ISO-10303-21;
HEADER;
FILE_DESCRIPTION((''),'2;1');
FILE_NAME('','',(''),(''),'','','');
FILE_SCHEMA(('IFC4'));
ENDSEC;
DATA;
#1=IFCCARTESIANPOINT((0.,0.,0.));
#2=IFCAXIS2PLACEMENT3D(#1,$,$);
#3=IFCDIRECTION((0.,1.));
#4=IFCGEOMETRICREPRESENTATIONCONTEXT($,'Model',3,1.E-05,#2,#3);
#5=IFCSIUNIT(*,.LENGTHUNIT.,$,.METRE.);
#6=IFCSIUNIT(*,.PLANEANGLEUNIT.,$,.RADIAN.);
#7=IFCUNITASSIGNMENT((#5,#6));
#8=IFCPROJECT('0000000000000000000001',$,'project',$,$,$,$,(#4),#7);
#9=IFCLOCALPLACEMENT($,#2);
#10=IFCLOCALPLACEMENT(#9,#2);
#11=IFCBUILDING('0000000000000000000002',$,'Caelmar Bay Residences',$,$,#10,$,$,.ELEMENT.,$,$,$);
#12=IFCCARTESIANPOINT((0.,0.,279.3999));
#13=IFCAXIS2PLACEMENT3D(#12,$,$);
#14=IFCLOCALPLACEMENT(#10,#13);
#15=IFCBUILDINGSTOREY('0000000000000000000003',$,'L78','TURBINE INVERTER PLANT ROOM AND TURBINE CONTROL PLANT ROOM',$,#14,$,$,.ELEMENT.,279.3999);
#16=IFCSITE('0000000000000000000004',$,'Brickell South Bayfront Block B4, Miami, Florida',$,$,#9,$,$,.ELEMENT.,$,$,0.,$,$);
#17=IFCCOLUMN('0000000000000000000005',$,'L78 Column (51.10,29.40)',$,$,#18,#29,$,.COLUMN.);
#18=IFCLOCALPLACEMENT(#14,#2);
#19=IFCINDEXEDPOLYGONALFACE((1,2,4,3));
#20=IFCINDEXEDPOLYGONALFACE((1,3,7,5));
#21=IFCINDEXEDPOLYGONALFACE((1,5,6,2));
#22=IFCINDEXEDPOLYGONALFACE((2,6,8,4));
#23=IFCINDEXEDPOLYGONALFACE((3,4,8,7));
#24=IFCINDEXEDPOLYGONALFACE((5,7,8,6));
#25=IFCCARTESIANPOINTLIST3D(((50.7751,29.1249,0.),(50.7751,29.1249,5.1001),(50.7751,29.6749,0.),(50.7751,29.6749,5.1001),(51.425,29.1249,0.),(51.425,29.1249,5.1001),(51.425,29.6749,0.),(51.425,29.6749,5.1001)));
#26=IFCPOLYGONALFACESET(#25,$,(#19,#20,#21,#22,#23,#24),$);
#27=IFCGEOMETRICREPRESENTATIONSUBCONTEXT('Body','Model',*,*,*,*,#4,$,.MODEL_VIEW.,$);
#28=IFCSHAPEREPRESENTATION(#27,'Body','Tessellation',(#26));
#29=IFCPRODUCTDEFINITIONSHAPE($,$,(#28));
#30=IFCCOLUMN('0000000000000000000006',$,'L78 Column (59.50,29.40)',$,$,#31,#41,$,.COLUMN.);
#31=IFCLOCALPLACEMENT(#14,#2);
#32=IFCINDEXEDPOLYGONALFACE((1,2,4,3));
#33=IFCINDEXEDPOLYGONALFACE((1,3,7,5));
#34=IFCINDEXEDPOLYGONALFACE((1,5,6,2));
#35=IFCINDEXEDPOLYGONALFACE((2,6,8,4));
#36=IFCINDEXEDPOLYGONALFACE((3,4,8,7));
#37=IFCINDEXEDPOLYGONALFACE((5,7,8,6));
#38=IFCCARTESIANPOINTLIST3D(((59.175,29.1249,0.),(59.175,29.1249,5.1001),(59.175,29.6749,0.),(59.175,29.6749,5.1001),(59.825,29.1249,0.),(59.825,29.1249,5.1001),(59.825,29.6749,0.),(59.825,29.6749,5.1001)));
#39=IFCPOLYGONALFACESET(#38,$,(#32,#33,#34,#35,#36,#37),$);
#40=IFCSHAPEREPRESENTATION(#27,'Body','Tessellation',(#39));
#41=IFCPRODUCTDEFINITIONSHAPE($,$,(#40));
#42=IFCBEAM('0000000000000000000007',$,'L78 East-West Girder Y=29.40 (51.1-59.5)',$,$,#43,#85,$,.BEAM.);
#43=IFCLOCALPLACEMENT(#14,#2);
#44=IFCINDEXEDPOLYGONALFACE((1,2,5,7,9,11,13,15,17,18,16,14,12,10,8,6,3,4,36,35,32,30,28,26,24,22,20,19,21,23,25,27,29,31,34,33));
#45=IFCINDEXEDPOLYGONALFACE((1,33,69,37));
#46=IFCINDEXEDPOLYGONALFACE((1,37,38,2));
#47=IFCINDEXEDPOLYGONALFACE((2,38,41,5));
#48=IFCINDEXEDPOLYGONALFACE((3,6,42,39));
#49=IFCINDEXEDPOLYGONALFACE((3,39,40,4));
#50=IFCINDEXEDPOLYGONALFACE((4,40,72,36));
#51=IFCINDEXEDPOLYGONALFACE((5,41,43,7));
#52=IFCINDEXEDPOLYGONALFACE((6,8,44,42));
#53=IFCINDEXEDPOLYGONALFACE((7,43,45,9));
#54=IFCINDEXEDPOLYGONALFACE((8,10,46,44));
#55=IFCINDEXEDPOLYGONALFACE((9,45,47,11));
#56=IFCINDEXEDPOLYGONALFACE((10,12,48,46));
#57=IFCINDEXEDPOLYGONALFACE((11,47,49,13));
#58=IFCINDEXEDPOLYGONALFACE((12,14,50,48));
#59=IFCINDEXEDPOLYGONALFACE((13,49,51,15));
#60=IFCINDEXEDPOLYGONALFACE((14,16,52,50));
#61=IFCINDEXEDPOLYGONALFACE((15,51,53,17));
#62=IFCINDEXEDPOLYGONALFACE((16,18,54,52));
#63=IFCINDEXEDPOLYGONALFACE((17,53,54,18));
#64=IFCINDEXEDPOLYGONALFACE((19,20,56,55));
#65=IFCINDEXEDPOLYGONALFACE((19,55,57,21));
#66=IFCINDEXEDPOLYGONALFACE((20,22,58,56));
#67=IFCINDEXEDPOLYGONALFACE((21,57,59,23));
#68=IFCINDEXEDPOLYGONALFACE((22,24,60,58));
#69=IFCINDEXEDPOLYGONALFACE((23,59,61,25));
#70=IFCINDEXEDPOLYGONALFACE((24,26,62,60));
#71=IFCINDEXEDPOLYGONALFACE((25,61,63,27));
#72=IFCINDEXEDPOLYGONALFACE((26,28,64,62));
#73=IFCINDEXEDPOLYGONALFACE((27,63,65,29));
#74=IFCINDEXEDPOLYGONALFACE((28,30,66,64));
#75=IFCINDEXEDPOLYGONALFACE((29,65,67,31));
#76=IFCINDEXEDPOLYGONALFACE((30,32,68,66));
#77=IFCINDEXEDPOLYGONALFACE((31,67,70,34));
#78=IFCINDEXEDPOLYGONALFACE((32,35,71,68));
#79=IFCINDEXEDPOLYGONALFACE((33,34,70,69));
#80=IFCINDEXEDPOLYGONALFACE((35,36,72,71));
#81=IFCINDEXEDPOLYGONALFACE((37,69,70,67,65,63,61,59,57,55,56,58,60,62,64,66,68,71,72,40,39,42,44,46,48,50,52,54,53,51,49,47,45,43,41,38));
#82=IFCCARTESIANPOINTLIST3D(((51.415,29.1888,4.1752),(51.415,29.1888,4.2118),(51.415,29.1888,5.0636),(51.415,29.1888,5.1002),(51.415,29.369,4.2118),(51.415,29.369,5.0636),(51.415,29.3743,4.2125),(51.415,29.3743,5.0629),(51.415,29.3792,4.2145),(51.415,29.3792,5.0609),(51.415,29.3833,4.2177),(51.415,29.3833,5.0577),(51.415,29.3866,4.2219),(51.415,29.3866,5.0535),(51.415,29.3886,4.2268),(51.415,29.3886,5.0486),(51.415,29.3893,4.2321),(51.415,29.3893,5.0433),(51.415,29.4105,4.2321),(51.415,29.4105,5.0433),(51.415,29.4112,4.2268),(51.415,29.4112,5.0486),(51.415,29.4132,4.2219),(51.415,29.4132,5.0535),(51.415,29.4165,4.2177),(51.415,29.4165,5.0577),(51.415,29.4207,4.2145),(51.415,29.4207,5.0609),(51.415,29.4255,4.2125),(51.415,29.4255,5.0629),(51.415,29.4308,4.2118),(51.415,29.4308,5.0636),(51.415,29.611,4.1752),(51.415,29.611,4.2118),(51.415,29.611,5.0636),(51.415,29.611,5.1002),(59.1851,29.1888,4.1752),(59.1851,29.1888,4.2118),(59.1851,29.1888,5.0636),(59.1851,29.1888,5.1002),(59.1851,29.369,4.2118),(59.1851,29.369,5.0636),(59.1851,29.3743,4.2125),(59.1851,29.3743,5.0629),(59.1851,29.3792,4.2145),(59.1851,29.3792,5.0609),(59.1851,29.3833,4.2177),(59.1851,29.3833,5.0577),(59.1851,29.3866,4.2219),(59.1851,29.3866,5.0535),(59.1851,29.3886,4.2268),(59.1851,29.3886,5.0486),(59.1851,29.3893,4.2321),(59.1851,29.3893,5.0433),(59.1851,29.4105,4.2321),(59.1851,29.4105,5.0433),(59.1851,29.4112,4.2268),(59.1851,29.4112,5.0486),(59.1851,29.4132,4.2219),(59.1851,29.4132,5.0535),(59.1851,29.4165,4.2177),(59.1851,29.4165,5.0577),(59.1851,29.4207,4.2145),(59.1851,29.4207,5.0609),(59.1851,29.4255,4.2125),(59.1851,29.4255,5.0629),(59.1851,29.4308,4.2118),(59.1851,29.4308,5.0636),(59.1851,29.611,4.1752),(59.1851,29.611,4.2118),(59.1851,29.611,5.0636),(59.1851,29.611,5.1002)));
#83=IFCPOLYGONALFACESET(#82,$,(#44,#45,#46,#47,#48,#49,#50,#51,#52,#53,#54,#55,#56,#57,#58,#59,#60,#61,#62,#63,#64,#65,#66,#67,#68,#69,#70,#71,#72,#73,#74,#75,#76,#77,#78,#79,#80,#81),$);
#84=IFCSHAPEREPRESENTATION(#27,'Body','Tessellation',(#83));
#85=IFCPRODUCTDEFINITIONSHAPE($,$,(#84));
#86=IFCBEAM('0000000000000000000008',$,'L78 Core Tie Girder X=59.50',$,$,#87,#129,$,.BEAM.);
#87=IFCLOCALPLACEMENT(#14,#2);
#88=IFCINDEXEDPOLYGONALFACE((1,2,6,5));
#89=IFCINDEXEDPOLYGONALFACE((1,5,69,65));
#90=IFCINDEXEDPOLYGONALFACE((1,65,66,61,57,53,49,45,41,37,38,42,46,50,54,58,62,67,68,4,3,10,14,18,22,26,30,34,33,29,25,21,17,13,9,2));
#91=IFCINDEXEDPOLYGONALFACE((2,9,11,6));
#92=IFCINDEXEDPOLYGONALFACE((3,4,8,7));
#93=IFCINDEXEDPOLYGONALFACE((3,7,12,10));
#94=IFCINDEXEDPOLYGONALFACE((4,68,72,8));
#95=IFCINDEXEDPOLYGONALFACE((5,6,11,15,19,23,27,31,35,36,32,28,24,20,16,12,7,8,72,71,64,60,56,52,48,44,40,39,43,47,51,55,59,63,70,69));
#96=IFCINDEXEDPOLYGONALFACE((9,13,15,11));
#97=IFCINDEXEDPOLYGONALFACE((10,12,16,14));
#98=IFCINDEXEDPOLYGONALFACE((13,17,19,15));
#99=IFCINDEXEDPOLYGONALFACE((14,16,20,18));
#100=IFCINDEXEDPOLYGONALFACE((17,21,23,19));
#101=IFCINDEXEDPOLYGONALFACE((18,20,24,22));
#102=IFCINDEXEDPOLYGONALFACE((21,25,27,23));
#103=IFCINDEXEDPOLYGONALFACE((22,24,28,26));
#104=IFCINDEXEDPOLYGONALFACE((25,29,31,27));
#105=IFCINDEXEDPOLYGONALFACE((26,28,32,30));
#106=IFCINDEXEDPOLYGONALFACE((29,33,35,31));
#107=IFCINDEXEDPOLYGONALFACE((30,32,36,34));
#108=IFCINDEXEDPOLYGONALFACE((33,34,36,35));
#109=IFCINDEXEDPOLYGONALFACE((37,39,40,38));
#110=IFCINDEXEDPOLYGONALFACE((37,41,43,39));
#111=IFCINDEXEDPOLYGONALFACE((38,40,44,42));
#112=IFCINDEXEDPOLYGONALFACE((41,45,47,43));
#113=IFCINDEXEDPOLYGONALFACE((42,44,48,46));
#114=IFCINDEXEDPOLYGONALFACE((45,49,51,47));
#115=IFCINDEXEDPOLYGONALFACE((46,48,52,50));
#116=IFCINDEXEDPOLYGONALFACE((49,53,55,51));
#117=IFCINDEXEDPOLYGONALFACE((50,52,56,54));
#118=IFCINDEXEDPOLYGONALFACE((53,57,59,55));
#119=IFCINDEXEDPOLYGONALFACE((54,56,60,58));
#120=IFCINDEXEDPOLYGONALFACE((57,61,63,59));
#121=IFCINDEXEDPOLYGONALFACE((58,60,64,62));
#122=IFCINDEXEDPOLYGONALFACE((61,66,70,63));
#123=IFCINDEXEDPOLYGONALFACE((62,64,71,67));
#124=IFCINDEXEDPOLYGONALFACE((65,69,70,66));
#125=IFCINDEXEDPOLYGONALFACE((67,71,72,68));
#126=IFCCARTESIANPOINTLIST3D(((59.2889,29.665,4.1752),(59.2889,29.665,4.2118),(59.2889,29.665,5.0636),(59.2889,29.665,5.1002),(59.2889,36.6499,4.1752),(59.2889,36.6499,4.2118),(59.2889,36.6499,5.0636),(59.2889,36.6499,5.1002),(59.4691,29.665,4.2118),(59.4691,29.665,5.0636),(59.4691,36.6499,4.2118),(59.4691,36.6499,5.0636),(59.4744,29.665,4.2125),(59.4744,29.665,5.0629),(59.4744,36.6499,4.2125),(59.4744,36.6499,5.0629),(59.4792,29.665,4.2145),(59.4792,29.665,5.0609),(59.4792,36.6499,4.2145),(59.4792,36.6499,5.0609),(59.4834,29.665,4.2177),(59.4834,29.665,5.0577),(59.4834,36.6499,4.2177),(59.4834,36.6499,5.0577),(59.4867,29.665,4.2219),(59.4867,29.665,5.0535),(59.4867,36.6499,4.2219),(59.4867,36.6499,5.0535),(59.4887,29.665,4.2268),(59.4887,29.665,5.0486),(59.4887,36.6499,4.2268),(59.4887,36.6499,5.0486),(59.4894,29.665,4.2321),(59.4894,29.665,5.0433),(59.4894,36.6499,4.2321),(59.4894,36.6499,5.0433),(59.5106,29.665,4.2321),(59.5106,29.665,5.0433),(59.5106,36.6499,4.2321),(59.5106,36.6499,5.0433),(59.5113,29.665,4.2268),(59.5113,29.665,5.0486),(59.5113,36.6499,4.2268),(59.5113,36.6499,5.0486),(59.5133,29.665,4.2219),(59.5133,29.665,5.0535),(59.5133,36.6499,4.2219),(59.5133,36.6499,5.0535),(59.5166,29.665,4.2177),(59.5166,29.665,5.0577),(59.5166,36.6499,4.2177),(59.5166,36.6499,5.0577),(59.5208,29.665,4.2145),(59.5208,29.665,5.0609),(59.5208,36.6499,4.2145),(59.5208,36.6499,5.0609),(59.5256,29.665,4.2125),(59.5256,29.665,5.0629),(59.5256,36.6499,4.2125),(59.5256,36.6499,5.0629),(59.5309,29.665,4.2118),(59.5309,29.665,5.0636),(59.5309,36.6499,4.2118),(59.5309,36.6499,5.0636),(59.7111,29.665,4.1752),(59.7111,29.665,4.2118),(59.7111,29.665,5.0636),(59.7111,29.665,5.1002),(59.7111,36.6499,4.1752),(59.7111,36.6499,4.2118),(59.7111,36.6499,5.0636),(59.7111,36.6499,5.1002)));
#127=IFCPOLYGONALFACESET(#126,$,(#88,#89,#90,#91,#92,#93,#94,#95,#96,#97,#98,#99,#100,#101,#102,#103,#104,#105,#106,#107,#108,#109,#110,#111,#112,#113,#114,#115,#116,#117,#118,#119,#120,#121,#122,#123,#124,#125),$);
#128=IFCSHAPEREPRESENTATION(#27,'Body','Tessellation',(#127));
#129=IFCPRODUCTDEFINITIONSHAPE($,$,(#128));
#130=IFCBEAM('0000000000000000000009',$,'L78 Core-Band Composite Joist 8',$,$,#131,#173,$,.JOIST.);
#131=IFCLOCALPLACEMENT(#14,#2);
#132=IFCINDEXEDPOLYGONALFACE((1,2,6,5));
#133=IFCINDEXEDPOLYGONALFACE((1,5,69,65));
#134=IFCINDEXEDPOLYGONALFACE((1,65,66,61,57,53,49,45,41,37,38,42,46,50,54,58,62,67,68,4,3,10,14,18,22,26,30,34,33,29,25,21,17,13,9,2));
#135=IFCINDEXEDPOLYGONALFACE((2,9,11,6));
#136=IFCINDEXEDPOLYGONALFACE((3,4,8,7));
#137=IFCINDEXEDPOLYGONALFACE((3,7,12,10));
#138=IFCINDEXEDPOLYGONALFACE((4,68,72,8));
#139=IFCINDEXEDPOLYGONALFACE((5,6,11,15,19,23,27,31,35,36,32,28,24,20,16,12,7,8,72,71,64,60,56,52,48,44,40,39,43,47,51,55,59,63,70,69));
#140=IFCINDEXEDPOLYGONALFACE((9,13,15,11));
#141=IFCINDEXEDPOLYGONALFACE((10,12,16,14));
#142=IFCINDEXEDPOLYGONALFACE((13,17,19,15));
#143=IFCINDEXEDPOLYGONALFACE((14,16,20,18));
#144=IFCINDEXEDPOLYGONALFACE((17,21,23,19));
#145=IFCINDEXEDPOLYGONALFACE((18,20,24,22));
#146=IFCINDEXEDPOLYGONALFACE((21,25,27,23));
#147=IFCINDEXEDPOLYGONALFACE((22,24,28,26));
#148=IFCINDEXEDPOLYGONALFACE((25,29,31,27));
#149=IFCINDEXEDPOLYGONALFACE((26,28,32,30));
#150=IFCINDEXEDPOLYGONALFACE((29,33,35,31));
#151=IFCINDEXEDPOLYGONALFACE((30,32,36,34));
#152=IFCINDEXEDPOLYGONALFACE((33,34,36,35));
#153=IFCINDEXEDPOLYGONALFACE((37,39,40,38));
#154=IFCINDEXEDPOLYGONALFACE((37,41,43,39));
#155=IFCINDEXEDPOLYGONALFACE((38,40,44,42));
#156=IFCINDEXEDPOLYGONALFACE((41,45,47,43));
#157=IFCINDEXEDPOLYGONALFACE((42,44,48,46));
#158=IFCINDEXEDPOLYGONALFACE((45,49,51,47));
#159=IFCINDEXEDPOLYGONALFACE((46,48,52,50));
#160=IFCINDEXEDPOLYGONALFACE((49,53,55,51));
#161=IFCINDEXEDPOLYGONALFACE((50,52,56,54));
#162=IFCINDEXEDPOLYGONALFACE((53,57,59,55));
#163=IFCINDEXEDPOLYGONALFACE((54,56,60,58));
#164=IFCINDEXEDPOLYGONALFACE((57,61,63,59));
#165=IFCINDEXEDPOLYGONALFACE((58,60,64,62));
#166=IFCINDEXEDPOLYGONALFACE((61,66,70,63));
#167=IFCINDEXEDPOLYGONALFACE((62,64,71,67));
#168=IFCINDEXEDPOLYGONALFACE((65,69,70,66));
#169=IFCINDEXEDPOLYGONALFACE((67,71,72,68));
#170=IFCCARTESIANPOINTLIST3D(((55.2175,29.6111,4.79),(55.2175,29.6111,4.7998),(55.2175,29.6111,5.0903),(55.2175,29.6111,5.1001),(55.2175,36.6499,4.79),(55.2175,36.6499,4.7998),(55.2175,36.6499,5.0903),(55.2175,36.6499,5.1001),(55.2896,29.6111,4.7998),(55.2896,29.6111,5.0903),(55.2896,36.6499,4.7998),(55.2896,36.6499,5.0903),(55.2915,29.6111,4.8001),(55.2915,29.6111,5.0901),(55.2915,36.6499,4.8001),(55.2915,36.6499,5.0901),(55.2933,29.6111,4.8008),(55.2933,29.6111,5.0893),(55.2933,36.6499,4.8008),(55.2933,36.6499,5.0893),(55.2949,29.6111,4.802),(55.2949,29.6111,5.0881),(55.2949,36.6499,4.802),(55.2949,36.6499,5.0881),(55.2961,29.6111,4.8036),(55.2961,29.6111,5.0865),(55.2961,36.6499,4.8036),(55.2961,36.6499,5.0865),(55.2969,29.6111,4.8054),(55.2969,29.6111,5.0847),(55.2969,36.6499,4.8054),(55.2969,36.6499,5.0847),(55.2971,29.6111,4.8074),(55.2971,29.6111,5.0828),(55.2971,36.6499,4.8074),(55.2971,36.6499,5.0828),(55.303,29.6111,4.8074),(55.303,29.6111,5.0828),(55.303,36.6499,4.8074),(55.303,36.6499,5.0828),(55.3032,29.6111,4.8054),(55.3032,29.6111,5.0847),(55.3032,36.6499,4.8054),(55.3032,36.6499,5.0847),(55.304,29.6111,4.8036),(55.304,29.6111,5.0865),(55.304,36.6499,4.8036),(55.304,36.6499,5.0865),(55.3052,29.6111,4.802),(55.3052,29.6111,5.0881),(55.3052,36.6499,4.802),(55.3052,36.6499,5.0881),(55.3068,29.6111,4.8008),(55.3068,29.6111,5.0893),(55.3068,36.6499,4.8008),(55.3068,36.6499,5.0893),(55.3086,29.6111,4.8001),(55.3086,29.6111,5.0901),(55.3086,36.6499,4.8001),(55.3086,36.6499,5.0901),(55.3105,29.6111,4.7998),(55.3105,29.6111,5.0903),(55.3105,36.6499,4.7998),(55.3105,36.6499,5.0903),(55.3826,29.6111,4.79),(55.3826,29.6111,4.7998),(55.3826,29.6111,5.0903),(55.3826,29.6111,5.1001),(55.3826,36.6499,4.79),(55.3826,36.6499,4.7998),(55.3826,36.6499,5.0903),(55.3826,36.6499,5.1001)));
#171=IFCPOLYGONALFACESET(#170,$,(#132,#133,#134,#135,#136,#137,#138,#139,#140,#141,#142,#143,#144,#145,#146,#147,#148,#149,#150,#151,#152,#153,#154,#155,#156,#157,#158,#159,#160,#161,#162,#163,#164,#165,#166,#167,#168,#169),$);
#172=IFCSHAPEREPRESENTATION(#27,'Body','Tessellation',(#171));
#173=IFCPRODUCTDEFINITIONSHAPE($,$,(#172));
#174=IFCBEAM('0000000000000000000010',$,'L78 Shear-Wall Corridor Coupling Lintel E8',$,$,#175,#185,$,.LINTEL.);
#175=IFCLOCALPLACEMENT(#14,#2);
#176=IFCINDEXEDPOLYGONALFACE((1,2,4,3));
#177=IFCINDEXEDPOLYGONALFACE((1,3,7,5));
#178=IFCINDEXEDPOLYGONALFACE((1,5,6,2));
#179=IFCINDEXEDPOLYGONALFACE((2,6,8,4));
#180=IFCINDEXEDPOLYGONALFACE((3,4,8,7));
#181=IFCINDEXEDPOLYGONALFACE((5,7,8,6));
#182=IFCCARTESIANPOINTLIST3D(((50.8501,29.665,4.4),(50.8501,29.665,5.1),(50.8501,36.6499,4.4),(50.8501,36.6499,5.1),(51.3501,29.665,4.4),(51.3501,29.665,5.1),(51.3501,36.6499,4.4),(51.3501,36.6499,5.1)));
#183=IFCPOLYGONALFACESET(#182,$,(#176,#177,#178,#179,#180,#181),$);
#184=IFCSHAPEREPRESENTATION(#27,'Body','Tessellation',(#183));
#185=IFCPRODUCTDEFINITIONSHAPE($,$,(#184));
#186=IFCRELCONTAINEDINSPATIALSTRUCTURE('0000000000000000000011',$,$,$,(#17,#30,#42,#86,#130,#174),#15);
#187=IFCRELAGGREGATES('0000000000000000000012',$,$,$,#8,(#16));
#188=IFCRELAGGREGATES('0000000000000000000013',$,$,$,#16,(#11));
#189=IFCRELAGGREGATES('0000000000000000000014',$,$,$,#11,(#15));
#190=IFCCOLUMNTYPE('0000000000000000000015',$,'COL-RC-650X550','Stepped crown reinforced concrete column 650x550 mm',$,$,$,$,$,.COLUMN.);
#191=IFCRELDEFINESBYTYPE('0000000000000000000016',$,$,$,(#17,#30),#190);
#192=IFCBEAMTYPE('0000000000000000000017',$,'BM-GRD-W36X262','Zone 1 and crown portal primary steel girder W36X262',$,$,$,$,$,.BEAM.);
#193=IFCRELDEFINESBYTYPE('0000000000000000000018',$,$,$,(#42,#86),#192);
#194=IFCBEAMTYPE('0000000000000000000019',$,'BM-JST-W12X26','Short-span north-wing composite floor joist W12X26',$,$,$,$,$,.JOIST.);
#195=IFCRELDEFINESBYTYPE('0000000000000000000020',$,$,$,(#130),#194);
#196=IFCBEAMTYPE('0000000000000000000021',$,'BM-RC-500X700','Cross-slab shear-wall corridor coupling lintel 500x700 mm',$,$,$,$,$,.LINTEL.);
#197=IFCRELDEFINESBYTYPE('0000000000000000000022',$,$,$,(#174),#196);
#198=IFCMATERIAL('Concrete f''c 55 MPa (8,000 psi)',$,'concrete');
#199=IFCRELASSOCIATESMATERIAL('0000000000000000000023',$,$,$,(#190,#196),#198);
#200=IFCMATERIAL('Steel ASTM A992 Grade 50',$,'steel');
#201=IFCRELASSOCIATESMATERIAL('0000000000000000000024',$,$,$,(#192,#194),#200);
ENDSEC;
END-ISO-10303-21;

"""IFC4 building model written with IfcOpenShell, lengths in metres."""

from ifc_helpers import new_model, si_unit, direction, frame, origin, origin_2d, place, context, subcontext, project, spatial, rectangle, i_section, extrude, material, material_profile, profile_set, type_object, element, save


model = new_model("IFC4")

# Units and contexts
model_context = context("Model", 3, precision=1e-05, world=origin(), true_north=direction((0.0, 1.0)))
body_context = subcontext(model_context, "Body", "Model", "MODEL_VIEW")
ifc_project = project(units=[si_unit("LENGTHUNIT", "METRE"), si_unit("PLANEANGLEUNIT", "RADIAN")], contexts=[model_context])

# Site, building, storey
site_placement = place(None, origin())
site = spatial("IfcSite", under=ifc_project, at=site_placement, Name="Brickell South Bayfront Block B4, Miami, Florida", CompositionType="ELEMENT", RefElevation=0.0)
building_placement = place(site_placement, origin())
building = spatial("IfcBuilding", under=site, at=building_placement, Name="Caelmar Bay Residences", CompositionType="ELEMENT")
storey_placement = place(building_placement, frame((0.0, 0.0, 279.3999)))
storey = spatial("IfcBuildingStorey", under=building, at=storey_placement, Name="L78", Description="TURBINE INVERTER PLANT ROOM AND TURBINE CONTROL PLANT ROOM", CompositionType="ELEMENT", Elevation=279.3999)

# Columns
ifc_material_1 = material(Name="Concrete f'c 55 MPa (8,000 psi)", Category="concrete")
ifc_material_profile_1 = material_profile(ifc_material_1, rectangle(XDim=0.6499, YDim=0.55, at=origin_2d()), Name="RC-COL-650X550")
ifc_profile_set_1 = profile_set([ifc_material_profile_1], Name="Concrete f'c 55 MPa (8,000 psi)")
column_type = type_object("IfcColumnType", Name="COL-RC-650X550", Description="Stepped crown reinforced concrete column 650x550 mm", PredefinedType="COLUMN", material=ifc_profile_set_1)
for number, where, z_axis, x_axis, name in (
    (1, (51.1001, 29.3999, 0.0), (0.0, 0.0, 1.0), (1.0, 0.0, 0.0), "L78 Column (51.10,29.40)"),
    (2, (59.5, 29.3999, 0.0), (0.0, 0.0, 1.0), (1.0, 0.0, 0.0), "L78 Column (59.50,29.40)"),
):
    element("IfcColumn", number, at=place(storey_placement, frame(where, z_axis=z_axis, x_axis=x_axis)), inside=storey, type_object=column_type, Name=name, PredefinedType="COLUMN", context=body_context, shape_type="SweptSolid", body=[
        extrude(rectangle(XDim=0.6499, YDim=0.55, at=origin_2d()), origin(), (0.0, 0.0, 1.0), 5.1001),
    ])

# Beams
ifc_material_2 = material(Name="Steel ASTM A992 Grade 50", Category="steel")
ifc_material_profile_2 = material_profile(ifc_material_2, i_section(OverallWidth=0.4221, OverallDepth=0.925, WebThickness=0.0212, FlangeThickness=0.0366, FilletRadius=0.0203, at=origin_2d()), Name="W36X262")
ifc_profile_set_2 = profile_set([ifc_material_profile_2], Name="Steel ASTM A992 Grade 50")
beam_type_1 = type_object("IfcBeamType", Name="BM-GRD-W36X262", Description="Zone 1 and crown portal primary steel girder W36X262", PredefinedType="BEAM", material=ifc_profile_set_2)
beam_1_placement = place(storey_placement, frame((51.415, 29.3999, 4.6377), z_axis=(1.0, 0.0, 0.0), x_axis=(0.0, 1.0, 0.0)))
element("IfcBeam", 3, at=beam_1_placement, inside=storey, type_object=beam_type_1, Name="L78 East-West Girder Y=29.40 (51.1-59.5)", PredefinedType="BEAM", context=body_context, shape_type="SweptSolid", body=[
    extrude(i_section(OverallWidth=0.4221, OverallDepth=0.925, WebThickness=0.0212, FlangeThickness=0.0366, FilletRadius=0.0203, at=origin_2d()), origin(), (0.0, 0.0, 1.0), 7.77),
])
beam_2_placement = place(storey_placement, frame((59.5, 29.665, 4.6377), z_axis=(0.0, 1.0, 0.0), x_axis=(-1.0, 0.0, 0.0)))
element("IfcBeam", 4, at=beam_2_placement, inside=storey, type_object=beam_type_1, Name="L78 Core Tie Girder X=59.50", PredefinedType="BEAM", context=body_context, shape_type="SweptSolid", body=[
    extrude(i_section(OverallWidth=0.4221, OverallDepth=0.925, WebThickness=0.0212, FlangeThickness=0.0366, FilletRadius=0.0203, at=origin_2d()), origin(), (0.0, 0.0, 1.0), 6.9849),
])
ifc_material_profile_3 = material_profile(ifc_material_2, i_section(OverallWidth=0.165, OverallDepth=0.3101, WebThickness=0.0059, FlangeThickness=0.0098, FilletRadius=0.0076, at=origin_2d()), Name="W12X26")
ifc_profile_set_3 = profile_set([ifc_material_profile_3], Name="Steel ASTM A992 Grade 50")
beam_type_2 = type_object("IfcBeamType", Name="BM-JST-W12X26", Description="Short-span north-wing composite floor joist W12X26", PredefinedType="JOIST", material=ifc_profile_set_3)
beam_3_placement = place(storey_placement, frame((55.3, 29.6111, 4.9451), z_axis=(0.0, 1.0, 0.0), x_axis=(-1.0, 0.0, 0.0)))
element("IfcBeam", 5, at=beam_3_placement, inside=storey, type_object=beam_type_2, Name="L78 Core-Band Composite Joist 8", PredefinedType="JOIST", context=body_context, shape_type="SweptSolid", body=[
    extrude(i_section(OverallWidth=0.165, OverallDepth=0.3101, WebThickness=0.0059, FlangeThickness=0.0098, FilletRadius=0.0076, at=origin_2d()), origin(), (0.0, 0.0, 1.0), 7.0388),
])
ifc_material_profile_4 = material_profile(ifc_material_1, rectangle(XDim=0.5, YDim=0.7, at=origin_2d()), Name="RC-BM-500X700")
ifc_profile_set_4 = profile_set([ifc_material_profile_4], Name="Concrete f'c 55 MPa (8,000 psi)")
beam_type_3 = type_object("IfcBeamType", Name="BM-RC-500X700", Description="Cross-slab shear-wall corridor coupling lintel 500x700 mm", PredefinedType="LINTEL", material=ifc_profile_set_4)
beam_4_placement = place(storey_placement, frame((51.1001, 29.665, 4.75), z_axis=(0.0, 1.0, 0.0), x_axis=(-1.0, 0.0, 0.0)))
element("IfcBeam", 6, at=beam_4_placement, inside=storey, type_object=beam_type_3, Name="L78 Shear-Wall Corridor Coupling Lintel E8", PredefinedType="LINTEL", context=body_context, shape_type="SweptSolid", body=[
    extrude(rectangle(XDim=0.5, YDim=0.7, at=origin_2d()), origin(), (0.0, 0.0, 1.0), 6.9849),
])

save(model, "model.ifc")
